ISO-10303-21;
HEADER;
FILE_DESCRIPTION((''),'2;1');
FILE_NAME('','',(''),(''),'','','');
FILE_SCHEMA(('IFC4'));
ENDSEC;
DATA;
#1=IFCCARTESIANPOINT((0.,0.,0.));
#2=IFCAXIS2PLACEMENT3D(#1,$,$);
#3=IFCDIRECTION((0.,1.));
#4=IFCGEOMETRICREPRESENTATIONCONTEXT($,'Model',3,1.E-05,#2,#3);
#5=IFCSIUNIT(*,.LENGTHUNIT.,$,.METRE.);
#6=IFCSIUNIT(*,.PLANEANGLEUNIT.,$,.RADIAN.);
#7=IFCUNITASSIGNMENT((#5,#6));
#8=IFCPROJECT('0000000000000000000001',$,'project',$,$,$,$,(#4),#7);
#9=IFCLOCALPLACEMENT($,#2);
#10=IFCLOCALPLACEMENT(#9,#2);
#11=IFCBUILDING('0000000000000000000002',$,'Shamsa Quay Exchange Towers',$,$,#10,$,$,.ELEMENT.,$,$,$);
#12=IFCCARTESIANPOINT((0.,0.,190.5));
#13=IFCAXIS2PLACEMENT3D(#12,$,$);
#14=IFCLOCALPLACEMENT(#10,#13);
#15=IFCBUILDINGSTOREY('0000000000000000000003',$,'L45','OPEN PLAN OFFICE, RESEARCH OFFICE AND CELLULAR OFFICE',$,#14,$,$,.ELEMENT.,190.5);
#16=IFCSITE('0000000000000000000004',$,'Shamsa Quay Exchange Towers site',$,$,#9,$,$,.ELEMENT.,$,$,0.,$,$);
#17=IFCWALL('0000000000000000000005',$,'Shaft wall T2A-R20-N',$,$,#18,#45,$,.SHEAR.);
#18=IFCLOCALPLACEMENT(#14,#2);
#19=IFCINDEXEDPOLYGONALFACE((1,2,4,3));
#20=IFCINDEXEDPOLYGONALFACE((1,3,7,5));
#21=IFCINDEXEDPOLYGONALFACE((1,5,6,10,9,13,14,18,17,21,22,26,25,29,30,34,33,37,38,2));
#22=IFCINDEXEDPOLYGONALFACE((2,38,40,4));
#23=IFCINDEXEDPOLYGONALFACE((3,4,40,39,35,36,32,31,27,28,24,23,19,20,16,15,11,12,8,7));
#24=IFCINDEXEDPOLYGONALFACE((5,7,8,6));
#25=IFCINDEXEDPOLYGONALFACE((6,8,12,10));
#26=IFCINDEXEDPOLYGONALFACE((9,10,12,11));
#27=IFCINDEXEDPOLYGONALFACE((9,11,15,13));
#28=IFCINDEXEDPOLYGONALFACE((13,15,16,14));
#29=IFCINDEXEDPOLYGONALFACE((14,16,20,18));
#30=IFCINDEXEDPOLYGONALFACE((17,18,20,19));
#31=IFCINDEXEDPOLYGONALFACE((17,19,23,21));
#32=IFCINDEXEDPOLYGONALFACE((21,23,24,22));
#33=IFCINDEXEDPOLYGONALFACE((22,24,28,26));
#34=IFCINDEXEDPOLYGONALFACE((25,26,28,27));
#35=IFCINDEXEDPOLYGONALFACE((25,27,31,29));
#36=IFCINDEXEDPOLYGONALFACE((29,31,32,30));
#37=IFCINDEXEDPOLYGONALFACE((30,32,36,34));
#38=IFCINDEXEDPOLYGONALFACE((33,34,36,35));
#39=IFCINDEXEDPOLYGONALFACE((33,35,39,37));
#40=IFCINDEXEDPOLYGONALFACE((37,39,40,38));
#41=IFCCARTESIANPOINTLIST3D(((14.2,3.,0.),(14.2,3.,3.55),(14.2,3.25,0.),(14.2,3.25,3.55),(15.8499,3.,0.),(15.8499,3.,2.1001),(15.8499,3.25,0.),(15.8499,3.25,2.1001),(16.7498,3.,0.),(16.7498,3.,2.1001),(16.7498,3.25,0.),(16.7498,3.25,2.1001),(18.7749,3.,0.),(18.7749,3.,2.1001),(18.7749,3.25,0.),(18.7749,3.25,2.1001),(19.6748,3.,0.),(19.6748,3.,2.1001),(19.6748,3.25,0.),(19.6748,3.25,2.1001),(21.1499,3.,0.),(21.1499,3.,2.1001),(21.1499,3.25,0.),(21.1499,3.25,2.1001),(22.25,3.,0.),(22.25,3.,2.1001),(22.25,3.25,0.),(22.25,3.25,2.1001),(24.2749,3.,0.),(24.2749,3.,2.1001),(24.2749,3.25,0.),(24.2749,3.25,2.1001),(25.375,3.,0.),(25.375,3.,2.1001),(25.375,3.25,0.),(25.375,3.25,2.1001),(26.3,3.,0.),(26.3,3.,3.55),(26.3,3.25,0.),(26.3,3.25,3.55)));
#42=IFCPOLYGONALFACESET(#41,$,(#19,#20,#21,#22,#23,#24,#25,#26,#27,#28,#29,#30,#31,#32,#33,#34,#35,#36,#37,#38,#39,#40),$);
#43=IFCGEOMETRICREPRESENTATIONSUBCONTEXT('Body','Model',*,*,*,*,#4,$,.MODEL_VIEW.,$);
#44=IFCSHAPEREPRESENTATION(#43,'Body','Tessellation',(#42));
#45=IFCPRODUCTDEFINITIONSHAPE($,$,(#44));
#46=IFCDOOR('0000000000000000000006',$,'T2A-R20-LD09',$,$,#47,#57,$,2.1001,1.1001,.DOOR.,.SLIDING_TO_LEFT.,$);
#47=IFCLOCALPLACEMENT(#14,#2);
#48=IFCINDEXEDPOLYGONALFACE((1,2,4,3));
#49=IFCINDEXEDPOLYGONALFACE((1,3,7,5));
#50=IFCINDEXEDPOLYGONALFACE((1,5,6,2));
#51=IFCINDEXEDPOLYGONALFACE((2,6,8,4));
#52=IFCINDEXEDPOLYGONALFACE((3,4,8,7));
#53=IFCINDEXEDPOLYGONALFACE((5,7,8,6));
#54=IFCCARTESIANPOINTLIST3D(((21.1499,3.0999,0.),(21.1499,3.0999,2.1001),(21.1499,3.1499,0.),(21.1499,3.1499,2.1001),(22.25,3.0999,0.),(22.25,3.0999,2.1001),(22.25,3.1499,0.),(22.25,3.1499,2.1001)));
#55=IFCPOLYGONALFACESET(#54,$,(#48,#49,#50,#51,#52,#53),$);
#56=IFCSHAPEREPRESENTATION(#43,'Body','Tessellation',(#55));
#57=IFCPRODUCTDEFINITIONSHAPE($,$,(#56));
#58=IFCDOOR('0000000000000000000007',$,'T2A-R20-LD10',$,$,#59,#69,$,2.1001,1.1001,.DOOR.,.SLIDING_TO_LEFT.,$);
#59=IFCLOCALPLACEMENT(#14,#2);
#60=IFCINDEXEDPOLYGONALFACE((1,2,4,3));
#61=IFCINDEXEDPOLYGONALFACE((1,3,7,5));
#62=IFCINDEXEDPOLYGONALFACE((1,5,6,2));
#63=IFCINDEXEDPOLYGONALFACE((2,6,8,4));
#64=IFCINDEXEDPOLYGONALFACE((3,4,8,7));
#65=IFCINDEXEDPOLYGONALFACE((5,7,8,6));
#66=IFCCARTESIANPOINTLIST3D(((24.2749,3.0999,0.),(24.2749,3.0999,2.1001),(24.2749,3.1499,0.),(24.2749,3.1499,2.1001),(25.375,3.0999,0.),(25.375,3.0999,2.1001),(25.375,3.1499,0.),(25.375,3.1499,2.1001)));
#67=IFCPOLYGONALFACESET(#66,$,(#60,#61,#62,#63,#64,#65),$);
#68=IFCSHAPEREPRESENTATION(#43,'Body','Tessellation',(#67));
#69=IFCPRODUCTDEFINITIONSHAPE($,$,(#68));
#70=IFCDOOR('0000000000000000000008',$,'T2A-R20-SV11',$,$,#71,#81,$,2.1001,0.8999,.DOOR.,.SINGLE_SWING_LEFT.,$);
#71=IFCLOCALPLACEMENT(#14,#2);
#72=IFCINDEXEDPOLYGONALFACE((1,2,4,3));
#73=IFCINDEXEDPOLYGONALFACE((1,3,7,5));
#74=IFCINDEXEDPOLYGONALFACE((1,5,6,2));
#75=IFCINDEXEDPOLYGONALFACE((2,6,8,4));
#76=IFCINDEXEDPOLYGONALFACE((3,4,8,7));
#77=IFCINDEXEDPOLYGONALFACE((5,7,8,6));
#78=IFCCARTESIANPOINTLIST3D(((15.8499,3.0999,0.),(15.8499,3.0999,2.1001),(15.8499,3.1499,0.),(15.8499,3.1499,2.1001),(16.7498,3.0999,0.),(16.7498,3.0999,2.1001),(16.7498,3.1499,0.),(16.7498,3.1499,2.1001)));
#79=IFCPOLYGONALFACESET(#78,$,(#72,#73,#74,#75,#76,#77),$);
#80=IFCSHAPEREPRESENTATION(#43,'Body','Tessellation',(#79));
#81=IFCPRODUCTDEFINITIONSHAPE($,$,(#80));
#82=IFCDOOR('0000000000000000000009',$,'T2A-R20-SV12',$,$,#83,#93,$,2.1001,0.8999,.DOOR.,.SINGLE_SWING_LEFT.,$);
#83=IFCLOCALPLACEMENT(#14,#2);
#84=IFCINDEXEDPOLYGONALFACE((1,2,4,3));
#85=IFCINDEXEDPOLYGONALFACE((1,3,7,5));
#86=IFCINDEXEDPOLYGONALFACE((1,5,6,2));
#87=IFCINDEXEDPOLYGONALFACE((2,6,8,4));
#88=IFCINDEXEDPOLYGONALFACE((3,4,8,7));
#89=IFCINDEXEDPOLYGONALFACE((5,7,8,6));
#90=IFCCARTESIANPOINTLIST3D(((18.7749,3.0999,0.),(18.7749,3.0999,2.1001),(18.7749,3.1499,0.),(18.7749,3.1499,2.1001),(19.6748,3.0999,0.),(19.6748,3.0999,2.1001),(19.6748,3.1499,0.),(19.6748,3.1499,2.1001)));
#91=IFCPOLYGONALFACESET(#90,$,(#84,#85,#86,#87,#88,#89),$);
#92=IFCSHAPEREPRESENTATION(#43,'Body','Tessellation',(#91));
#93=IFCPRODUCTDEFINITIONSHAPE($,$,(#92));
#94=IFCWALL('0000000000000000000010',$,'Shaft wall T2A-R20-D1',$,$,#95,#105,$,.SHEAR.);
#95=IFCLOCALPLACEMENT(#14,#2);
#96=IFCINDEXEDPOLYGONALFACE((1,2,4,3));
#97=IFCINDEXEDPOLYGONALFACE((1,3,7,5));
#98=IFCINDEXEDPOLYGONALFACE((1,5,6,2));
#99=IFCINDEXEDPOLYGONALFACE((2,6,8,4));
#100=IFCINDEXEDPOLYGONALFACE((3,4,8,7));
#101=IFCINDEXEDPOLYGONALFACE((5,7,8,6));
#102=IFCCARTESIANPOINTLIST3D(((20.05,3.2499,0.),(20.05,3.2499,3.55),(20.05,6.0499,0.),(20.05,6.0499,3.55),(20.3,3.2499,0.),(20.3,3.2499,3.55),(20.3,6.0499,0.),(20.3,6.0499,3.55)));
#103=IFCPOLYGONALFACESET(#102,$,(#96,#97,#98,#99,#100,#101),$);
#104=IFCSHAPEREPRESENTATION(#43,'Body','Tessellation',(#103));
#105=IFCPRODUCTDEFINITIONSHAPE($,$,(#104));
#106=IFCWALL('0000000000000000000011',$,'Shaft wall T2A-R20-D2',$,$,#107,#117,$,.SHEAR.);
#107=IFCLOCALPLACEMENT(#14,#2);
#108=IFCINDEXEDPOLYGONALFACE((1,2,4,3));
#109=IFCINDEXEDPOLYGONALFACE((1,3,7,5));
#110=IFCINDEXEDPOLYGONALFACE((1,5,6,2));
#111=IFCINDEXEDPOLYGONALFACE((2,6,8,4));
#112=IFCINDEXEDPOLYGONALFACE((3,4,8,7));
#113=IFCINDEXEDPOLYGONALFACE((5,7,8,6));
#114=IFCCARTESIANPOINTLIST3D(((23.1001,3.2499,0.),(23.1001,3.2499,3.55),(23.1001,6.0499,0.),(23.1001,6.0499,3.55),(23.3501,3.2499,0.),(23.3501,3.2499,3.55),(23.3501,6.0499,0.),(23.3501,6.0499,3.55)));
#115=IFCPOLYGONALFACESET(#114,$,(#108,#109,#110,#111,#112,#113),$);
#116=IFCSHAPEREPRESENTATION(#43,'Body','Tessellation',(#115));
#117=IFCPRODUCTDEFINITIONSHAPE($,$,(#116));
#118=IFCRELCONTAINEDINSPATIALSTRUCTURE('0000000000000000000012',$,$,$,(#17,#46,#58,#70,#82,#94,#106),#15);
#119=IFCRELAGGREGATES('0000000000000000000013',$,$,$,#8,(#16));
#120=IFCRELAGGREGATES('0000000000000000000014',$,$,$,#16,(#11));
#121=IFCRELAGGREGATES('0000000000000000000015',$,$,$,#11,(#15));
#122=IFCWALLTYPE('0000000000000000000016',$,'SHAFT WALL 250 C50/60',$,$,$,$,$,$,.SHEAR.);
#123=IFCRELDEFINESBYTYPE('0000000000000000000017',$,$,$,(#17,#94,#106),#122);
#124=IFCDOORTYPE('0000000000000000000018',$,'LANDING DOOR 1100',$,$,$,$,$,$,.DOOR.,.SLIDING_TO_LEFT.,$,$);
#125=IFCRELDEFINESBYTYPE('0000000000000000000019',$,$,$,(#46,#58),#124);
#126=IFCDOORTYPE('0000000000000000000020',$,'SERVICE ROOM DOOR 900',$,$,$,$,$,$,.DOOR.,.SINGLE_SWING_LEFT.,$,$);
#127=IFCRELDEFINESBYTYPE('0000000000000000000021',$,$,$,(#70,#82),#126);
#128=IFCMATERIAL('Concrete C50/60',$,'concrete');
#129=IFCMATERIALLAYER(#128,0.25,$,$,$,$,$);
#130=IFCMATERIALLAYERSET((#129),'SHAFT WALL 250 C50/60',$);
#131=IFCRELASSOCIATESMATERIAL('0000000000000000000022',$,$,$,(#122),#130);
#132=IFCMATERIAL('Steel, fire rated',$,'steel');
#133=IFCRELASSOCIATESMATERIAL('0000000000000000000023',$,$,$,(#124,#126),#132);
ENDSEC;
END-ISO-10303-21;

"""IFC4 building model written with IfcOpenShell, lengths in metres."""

from ifc_helpers import new_model, si_unit, direction, frame, frame_2d, origin, place, context, subcontext, project, spatial, rectangle, extrude, material, layer, layer_set, type_object, element, fill, save


model = new_model("IFC4")

# Units and contexts
model_context = context("Model", 3, precision=1e-05, world=origin(), true_north=direction((0.0, 1.0)))
body_context = subcontext(model_context, "Body", "Model", "MODEL_VIEW")
ifc_project = project(units=[si_unit("LENGTHUNIT", "METRE"), si_unit("PLANEANGLEUNIT", "RADIAN")], contexts=[model_context])

# Site, building, storey
site_placement = place(None, origin())
site = spatial("IfcSite", under=ifc_project, at=site_placement, Name="Shamsa Quay Exchange Towers site", CompositionType="ELEMENT", RefElevation=0.0)
building_placement = place(site_placement, origin())
building = spatial("IfcBuilding", under=site, at=building_placement, Name="Shamsa Quay Exchange Towers", CompositionType="ELEMENT")
storey_placement = place(building_placement, frame((0.0, 0.0, 190.5)))
storey = spatial("IfcBuildingStorey", under=building, at=storey_placement, Name="L45", Description="OPEN PLAN OFFICE, RESEARCH OFFICE AND CELLULAR OFFICE", CompositionType="ELEMENT", Elevation=190.5)

# Shared definitions
ifc_material_1 = material(Name="Concrete C50/60", Category="concrete")

# Shared definitions
ifc_material_2 = material(Name="Steel, fire rated", Category="steel")

# Wall, openings, doors
ifc_layer_1 = layer(ifc_material_1, 0.25)
ifc_layer_set_1 = layer_set([ifc_layer_1], Name="SHAFT WALL 250 C50/60")
wall_type_1 = type_object("IfcWallType", Name="SHAFT WALL 250 C50/60", PredefinedType="SHEAR", material=ifc_layer_set_1)
wall_1_placement = place(storey_placement, frame((14.2, 3.125, 0.0)))
wall_1 = element("IfcWall", 1, at=wall_1_placement, inside=storey, type_object=wall_type_1, Name="Shaft wall T2A-R20-N", PredefinedType="SHEAR", context=body_context, shape_type="SweptSolid", body=[
    extrude(rectangle(XDim=12.1001, YDim=0.25, at=frame_2d((6.05, 0.0))), origin(), (0.0, 0.0, 1.0), 3.55),
])
opening_1_placement = place(wall_1_placement, frame((6.95, 0.0, 0.0)))
opening_1 = element("IfcOpeningElement", 2, at=opening_1_placement, cuts=wall_1, PredefinedType="OPENING", context=body_context, shape_type="SweptSolid", body=[
    extrude(rectangle(XDim=1.1001, YDim=2.1001, at=frame_2d((0.55, 1.05))), frame((0.0, 0.135, 0.0), z_axis=(0.0, -1.0, 0.0), x_axis=(1.0, 0.0, 0.0)), (0.0, 0.0, 1.0), 0.27),
])
opening_2_placement = place(wall_1_placement, frame((10.075, 0.0, 0.0)))
opening_2 = element("IfcOpeningElement", 3, at=opening_2_placement, cuts=wall_1, PredefinedType="OPENING", context=body_context, shape_type="SweptSolid", body=[
    extrude(rectangle(XDim=1.1001, YDim=2.1001, at=frame_2d((0.55, 1.05))), frame((0.0, 0.135, 0.0), z_axis=(0.0, -1.0, 0.0), x_axis=(1.0, 0.0, 0.0)), (0.0, 0.0, 1.0), 0.27),
])
opening_3_placement = place(wall_1_placement, frame((1.6499, 0.0, 0.0)))
opening_3 = element("IfcOpeningElement", 4, at=opening_3_placement, cuts=wall_1, PredefinedType="OPENING", context=body_context, shape_type="SweptSolid", body=[
    extrude(rectangle(XDim=0.8999, YDim=2.1001, at=frame_2d((0.45, 1.05))), frame((0.0, 0.135, 0.0), z_axis=(0.0, -1.0, 0.0), x_axis=(1.0, 0.0, 0.0)), (0.0, 0.0, 1.0), 0.27),
])
opening_4_placement = place(wall_1_placement, frame((4.575, 0.0, 0.0)))
opening_4 = element("IfcOpeningElement", 5, at=opening_4_placement, cuts=wall_1, PredefinedType="OPENING", context=body_context, shape_type="SweptSolid", body=[
    extrude(rectangle(XDim=0.8999, YDim=2.1001, at=frame_2d((0.45, 1.05))), frame((0.0, 0.135, 0.0), z_axis=(0.0, -1.0, 0.0), x_axis=(1.0, 0.0, 0.0)), (0.0, 0.0, 1.0), 0.27),
])
door_type_1 = type_object("IfcDoorType", Name="LANDING DOOR 1100", OperationType="SLIDING_TO_LEFT", PredefinedType="DOOR", material=ifc_material_2)
door_1_placement = place(opening_1_placement, origin())
door_1 = element("IfcDoor", 6, at=door_1_placement, inside=storey, type_object=door_type_1, Name="T2A-R20-LD09", OperationType="SLIDING_TO_LEFT", OverallHeight=2.1001, OverallWidth=1.1001, PredefinedType="DOOR", context=body_context, shape_type="SweptSolid", body=[
    extrude(rectangle(XDim=1.1001, YDim=2.1001, at=frame_2d((0.55, 1.05))), frame((0.0, 0.0249, 0.0), z_axis=(0.0, -1.0, 0.0), x_axis=(1.0, 0.0, 0.0)), (0.0, 0.0, 1.0), 0.05),
])
fill(opening_1, door_1)
door_2_placement = place(opening_2_placement, origin())
door_2 = element("IfcDoor", 7, at=door_2_placement, inside=storey, type_object=door_type_1, Name="T2A-R20-LD10", OperationType="SLIDING_TO_LEFT", OverallHeight=2.1001, OverallWidth=1.1001, PredefinedType="DOOR", context=body_context, shape_type="SweptSolid", body=[
    extrude(rectangle(XDim=1.1001, YDim=2.1001, at=frame_2d((0.55, 1.05))), frame((0.0, 0.0249, 0.0), z_axis=(0.0, -1.0, 0.0), x_axis=(1.0, 0.0, 0.0)), (0.0, 0.0, 1.0), 0.05),
])
fill(opening_2, door_2)
door_type_2 = type_object("IfcDoorType", Name="SERVICE ROOM DOOR 900", OperationType="SINGLE_SWING_LEFT", PredefinedType="DOOR", material=ifc_material_2)
door_3_placement = place(opening_3_placement, origin())
door_3 = element("IfcDoor", 8, at=door_3_placement, inside=storey, type_object=door_type_2, Name="T2A-R20-SV11", OperationType="SINGLE_SWING_LEFT", OverallHeight=2.1001, OverallWidth=0.8999, PredefinedType="DOOR", context=body_context, shape_type="SweptSolid", body=[
    extrude(rectangle(XDim=0.8999, YDim=2.1001, at=frame_2d((0.45, 1.05))), frame((0.0, 0.0249, 0.0), z_axis=(0.0, -1.0, 0.0), x_axis=(1.0, 0.0, 0.0)), (0.0, 0.0, 1.0), 0.05),
])
fill(opening_3, door_3)
door_4_placement = place(opening_4_placement, origin())
door_4 = element("IfcDoor", 9, at=door_4_placement, inside=storey, type_object=door_type_2, Name="T2A-R20-SV12", OperationType="SINGLE_SWING_LEFT", OverallHeight=2.1001, OverallWidth=0.8999, PredefinedType="DOOR", context=body_context, shape_type="SweptSolid", body=[
    extrude(rectangle(XDim=0.8999, YDim=2.1001, at=frame_2d((0.45, 1.05))), frame((0.0, 0.0249, 0.0), z_axis=(0.0, -1.0, 0.0), x_axis=(1.0, 0.0, 0.0)), (0.0, 0.0, 1.0), 0.05),
])
fill(opening_4, door_4)

# Walls
for number, where, z_axis, x_axis, name in (
    (10, (20.175, 3.25, 0.0), (0.0, 0.0, 1.0), (0.0, 1.0, 0.0), "Shaft wall T2A-R20-D1"),
    (11, (23.2251, 3.25, 0.0), (0.0, 0.0, 1.0), (0.0, 1.0, 0.0), "Shaft wall T2A-R20-D2"),
):
    element("IfcWall", number, at=place(storey_placement, frame(where, z_axis=z_axis, x_axis=x_axis)), inside=storey, type_object=wall_type_1, Name=name, PredefinedType="SHEAR", context=body_context, shape_type="SweptSolid", body=[
        extrude(rectangle(XDim=2.8, YDim=0.25, at=frame_2d((1.3999, 0.0))), origin(), (0.0, 0.0, 1.0), 3.55),
    ])

save(model, "model.ifc")
